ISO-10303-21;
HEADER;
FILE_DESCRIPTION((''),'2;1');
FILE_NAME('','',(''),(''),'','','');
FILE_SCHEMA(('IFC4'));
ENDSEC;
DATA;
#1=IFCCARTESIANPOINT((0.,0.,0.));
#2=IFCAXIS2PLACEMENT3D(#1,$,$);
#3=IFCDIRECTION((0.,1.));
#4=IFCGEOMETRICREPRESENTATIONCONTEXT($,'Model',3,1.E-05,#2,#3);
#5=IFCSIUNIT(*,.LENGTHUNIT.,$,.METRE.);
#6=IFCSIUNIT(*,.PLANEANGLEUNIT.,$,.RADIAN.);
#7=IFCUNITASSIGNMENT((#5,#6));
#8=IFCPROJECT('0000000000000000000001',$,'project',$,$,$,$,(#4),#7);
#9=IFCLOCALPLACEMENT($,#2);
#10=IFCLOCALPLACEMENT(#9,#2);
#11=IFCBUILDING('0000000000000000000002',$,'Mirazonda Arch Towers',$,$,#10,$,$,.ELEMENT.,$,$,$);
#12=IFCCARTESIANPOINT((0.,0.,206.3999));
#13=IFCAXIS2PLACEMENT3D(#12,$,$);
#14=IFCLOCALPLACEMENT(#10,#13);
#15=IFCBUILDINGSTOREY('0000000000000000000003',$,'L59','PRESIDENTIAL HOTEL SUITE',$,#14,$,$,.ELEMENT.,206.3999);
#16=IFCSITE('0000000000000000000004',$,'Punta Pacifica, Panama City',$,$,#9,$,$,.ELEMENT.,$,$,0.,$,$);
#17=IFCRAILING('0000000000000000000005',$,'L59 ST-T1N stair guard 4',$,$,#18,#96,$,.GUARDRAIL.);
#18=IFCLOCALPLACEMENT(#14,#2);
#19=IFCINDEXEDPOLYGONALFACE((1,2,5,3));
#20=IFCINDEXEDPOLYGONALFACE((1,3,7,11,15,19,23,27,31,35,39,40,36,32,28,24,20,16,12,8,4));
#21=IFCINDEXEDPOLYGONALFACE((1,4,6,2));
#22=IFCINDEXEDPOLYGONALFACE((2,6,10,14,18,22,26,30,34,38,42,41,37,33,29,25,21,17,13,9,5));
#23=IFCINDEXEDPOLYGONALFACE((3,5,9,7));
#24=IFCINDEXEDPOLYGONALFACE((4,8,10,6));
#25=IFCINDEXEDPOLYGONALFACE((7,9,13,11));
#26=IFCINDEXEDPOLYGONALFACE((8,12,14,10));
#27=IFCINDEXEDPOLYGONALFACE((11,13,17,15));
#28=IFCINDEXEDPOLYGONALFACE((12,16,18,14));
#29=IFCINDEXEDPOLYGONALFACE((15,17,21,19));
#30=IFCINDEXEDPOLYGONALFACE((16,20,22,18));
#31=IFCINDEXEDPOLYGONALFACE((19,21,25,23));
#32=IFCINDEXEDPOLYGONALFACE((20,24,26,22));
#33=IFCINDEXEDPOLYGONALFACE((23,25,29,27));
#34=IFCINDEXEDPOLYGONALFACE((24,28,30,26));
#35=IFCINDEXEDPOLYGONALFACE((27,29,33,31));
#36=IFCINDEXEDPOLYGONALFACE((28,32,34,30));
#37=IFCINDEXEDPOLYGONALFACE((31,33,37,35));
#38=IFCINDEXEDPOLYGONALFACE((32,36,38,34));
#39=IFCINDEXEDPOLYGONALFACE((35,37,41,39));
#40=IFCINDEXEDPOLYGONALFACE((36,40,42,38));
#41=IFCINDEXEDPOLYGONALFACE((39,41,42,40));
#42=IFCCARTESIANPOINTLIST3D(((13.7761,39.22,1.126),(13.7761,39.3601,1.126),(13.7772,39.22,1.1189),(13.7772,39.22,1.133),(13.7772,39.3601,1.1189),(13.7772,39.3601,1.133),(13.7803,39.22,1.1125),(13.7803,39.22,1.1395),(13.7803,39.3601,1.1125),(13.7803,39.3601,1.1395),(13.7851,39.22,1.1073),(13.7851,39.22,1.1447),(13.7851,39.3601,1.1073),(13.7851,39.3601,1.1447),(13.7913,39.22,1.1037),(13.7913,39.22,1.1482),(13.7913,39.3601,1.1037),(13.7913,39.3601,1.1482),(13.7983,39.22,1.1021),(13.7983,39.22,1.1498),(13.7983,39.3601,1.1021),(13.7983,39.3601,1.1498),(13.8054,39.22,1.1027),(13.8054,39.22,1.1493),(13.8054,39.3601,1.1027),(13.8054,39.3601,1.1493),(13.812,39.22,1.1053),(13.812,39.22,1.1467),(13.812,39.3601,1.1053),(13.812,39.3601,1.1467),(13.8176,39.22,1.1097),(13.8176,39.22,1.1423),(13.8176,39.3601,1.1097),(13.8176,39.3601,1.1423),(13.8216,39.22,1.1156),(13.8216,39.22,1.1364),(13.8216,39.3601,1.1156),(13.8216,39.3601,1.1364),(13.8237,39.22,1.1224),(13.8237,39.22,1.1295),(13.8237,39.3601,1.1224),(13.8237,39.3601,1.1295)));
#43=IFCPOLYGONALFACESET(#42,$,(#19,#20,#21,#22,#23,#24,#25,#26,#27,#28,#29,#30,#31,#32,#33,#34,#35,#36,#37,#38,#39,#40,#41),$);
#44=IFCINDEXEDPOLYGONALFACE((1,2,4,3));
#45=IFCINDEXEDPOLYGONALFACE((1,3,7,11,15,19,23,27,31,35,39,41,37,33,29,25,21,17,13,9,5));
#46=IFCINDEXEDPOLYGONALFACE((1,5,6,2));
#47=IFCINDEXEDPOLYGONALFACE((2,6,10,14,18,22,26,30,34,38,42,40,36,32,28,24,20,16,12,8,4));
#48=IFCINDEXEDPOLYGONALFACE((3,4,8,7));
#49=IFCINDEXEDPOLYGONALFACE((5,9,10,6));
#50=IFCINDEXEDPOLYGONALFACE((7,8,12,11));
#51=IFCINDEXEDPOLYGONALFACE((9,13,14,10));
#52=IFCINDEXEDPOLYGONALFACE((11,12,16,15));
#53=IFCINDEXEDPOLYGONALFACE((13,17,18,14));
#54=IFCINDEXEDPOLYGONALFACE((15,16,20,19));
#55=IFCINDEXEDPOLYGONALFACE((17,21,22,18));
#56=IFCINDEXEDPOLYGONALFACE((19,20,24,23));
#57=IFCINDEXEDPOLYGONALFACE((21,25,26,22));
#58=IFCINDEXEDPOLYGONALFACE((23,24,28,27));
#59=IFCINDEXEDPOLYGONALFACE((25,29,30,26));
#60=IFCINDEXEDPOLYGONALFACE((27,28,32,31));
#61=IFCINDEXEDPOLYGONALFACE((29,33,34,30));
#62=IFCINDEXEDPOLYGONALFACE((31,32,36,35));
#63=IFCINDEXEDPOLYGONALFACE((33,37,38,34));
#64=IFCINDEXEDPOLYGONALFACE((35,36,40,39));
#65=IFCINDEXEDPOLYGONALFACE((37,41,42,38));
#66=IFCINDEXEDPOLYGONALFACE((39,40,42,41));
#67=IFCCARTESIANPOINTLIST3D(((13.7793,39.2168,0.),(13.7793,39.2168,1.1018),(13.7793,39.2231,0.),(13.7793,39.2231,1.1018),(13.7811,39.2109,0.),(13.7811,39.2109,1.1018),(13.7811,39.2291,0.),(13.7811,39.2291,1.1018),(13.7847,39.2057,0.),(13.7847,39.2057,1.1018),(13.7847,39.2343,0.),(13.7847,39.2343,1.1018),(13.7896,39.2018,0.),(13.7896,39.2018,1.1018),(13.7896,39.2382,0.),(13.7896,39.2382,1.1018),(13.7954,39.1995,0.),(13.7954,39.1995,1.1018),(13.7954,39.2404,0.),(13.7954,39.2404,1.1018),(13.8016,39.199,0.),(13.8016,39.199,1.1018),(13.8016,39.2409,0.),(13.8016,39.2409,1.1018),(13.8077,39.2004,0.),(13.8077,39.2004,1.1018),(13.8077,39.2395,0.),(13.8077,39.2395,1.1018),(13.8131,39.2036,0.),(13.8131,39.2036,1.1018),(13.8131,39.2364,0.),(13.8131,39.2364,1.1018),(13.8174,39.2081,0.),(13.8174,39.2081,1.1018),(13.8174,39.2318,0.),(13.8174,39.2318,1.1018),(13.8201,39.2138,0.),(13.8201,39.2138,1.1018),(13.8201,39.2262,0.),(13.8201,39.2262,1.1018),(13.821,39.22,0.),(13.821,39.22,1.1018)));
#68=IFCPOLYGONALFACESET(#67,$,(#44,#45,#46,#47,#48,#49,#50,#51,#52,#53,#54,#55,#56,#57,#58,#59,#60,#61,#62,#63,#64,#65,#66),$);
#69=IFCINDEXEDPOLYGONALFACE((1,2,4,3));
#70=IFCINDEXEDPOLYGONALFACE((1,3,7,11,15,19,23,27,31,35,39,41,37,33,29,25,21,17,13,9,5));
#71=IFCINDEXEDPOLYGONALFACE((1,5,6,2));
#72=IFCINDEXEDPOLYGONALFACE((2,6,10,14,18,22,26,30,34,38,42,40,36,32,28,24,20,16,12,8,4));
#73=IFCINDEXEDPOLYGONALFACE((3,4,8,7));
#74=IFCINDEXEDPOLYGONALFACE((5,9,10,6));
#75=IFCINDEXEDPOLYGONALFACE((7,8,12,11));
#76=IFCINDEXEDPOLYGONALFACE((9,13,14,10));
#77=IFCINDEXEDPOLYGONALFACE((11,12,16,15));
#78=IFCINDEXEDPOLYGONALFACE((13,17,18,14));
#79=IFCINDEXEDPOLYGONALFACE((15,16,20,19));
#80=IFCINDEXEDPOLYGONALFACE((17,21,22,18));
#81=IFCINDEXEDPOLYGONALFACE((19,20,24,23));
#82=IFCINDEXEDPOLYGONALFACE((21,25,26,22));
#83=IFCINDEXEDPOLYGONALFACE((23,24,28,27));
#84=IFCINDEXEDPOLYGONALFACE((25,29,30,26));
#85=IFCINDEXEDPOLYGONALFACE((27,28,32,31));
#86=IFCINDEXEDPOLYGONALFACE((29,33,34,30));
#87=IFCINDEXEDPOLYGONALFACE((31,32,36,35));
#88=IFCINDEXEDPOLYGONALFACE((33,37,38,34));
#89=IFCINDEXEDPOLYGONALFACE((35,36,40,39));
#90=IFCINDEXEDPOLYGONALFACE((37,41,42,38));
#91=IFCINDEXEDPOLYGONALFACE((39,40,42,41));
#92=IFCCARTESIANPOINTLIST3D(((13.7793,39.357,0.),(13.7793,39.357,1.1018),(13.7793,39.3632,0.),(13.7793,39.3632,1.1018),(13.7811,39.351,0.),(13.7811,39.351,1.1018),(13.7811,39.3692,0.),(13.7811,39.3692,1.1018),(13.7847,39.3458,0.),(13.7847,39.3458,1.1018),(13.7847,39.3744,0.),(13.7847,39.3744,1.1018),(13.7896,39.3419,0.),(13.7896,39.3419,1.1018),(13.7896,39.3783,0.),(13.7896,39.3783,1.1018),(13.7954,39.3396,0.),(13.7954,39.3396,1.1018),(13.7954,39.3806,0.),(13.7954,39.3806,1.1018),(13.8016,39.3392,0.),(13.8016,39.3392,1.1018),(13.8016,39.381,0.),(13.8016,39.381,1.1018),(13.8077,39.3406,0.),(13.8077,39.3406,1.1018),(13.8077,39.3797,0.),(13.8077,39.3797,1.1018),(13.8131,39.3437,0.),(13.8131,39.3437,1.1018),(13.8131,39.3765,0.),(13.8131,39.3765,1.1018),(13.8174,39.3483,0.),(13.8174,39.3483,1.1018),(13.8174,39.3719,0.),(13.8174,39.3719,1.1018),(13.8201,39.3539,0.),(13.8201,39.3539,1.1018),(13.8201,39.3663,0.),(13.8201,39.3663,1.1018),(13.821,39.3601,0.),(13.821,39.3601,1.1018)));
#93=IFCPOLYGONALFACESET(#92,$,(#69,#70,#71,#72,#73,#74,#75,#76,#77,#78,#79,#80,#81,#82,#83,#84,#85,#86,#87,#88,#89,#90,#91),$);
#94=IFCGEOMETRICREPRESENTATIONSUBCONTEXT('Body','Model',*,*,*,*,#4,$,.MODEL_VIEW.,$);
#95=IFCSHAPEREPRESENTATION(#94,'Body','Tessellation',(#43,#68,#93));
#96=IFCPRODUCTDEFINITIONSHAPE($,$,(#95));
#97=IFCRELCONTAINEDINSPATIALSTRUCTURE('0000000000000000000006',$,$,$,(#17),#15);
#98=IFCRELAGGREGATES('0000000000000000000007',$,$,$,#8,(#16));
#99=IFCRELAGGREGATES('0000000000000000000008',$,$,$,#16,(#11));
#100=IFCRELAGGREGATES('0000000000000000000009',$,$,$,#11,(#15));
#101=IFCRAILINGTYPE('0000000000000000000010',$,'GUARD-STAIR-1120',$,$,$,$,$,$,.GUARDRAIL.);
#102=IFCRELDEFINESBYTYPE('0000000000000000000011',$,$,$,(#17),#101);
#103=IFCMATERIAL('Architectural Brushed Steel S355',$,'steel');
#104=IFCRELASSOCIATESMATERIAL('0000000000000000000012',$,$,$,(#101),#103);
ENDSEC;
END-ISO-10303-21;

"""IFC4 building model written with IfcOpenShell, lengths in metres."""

from ifc_helpers import new_model, si_unit, direction, frame, origin, origin_2d, place, context, subcontext, project, spatial, circle, extrude, material, type_object, element, save


model = new_model("IFC4")

# Units and contexts
model_context = context("Model", 3, precision=1e-05, world=origin(), true_north=direction((0.0, 1.0)))
body_context = subcontext(model_context, "Body", "Model", "MODEL_VIEW")
ifc_project = project(units=[si_unit("LENGTHUNIT", "METRE"), si_unit("PLANEANGLEUNIT", "RADIAN")], contexts=[model_context])

# Site, building, storey
site_placement = place(None, origin())
site = spatial("IfcSite", under=ifc_project, at=site_placement, Name="Punta Pacifica, Panama City", CompositionType="ELEMENT", RefElevation=0.0)
building_placement = place(site_placement, origin())
building = spatial("IfcBuilding", under=site, at=building_placement, Name="Mirazonda Arch Towers", CompositionType="ELEMENT")
storey_placement = place(building_placement, frame((0.0, 0.0, 206.3999)))
storey = spatial("IfcBuildingStorey", under=building, at=storey_placement, Name="L59", Description="PRESIDENTIAL HOTEL SUITE", CompositionType="ELEMENT", Elevation=206.3999)

# Shared definitions
ifc_material_1 = material(Name="Architectural Brushed Steel S355", Category="steel")

# Railing
railing_type_1 = type_object("IfcRailingType", Name="GUARD-STAIR-1120", PredefinedType="GUARDRAIL", material=ifc_material_1)
railing_1_placement = place(storey_placement, frame((13.8, 39.22, 0.0)))
element("IfcRailing", 1, at=railing_1_placement, inside=storey, type_object=railing_type_1, Name="L59 ST-T1N stair guard 4", PredefinedType="GUARDRAIL", context=body_context, shape_type="SweptSolid", body=[
    extrude(circle(Radius=0.0239, at=origin_2d()), frame((0.0, 0.0, 1.126), z_axis=(0.0, 1.0, 0.0), x_axis=(-1.0, 0.0, 0.0)), (0.0, 0.0, 1.0), 0.1401),
    extrude(circle(Radius=0.021, at=origin_2d()), origin(), (0.0, 0.0, 1.0), 1.1018),
    extrude(circle(Radius=0.021, at=origin_2d()), frame((0.0, 0.1401, 0.0)), (0.0, 0.0, 1.0), 1.1018),
])

save(model, "model.ifc")
